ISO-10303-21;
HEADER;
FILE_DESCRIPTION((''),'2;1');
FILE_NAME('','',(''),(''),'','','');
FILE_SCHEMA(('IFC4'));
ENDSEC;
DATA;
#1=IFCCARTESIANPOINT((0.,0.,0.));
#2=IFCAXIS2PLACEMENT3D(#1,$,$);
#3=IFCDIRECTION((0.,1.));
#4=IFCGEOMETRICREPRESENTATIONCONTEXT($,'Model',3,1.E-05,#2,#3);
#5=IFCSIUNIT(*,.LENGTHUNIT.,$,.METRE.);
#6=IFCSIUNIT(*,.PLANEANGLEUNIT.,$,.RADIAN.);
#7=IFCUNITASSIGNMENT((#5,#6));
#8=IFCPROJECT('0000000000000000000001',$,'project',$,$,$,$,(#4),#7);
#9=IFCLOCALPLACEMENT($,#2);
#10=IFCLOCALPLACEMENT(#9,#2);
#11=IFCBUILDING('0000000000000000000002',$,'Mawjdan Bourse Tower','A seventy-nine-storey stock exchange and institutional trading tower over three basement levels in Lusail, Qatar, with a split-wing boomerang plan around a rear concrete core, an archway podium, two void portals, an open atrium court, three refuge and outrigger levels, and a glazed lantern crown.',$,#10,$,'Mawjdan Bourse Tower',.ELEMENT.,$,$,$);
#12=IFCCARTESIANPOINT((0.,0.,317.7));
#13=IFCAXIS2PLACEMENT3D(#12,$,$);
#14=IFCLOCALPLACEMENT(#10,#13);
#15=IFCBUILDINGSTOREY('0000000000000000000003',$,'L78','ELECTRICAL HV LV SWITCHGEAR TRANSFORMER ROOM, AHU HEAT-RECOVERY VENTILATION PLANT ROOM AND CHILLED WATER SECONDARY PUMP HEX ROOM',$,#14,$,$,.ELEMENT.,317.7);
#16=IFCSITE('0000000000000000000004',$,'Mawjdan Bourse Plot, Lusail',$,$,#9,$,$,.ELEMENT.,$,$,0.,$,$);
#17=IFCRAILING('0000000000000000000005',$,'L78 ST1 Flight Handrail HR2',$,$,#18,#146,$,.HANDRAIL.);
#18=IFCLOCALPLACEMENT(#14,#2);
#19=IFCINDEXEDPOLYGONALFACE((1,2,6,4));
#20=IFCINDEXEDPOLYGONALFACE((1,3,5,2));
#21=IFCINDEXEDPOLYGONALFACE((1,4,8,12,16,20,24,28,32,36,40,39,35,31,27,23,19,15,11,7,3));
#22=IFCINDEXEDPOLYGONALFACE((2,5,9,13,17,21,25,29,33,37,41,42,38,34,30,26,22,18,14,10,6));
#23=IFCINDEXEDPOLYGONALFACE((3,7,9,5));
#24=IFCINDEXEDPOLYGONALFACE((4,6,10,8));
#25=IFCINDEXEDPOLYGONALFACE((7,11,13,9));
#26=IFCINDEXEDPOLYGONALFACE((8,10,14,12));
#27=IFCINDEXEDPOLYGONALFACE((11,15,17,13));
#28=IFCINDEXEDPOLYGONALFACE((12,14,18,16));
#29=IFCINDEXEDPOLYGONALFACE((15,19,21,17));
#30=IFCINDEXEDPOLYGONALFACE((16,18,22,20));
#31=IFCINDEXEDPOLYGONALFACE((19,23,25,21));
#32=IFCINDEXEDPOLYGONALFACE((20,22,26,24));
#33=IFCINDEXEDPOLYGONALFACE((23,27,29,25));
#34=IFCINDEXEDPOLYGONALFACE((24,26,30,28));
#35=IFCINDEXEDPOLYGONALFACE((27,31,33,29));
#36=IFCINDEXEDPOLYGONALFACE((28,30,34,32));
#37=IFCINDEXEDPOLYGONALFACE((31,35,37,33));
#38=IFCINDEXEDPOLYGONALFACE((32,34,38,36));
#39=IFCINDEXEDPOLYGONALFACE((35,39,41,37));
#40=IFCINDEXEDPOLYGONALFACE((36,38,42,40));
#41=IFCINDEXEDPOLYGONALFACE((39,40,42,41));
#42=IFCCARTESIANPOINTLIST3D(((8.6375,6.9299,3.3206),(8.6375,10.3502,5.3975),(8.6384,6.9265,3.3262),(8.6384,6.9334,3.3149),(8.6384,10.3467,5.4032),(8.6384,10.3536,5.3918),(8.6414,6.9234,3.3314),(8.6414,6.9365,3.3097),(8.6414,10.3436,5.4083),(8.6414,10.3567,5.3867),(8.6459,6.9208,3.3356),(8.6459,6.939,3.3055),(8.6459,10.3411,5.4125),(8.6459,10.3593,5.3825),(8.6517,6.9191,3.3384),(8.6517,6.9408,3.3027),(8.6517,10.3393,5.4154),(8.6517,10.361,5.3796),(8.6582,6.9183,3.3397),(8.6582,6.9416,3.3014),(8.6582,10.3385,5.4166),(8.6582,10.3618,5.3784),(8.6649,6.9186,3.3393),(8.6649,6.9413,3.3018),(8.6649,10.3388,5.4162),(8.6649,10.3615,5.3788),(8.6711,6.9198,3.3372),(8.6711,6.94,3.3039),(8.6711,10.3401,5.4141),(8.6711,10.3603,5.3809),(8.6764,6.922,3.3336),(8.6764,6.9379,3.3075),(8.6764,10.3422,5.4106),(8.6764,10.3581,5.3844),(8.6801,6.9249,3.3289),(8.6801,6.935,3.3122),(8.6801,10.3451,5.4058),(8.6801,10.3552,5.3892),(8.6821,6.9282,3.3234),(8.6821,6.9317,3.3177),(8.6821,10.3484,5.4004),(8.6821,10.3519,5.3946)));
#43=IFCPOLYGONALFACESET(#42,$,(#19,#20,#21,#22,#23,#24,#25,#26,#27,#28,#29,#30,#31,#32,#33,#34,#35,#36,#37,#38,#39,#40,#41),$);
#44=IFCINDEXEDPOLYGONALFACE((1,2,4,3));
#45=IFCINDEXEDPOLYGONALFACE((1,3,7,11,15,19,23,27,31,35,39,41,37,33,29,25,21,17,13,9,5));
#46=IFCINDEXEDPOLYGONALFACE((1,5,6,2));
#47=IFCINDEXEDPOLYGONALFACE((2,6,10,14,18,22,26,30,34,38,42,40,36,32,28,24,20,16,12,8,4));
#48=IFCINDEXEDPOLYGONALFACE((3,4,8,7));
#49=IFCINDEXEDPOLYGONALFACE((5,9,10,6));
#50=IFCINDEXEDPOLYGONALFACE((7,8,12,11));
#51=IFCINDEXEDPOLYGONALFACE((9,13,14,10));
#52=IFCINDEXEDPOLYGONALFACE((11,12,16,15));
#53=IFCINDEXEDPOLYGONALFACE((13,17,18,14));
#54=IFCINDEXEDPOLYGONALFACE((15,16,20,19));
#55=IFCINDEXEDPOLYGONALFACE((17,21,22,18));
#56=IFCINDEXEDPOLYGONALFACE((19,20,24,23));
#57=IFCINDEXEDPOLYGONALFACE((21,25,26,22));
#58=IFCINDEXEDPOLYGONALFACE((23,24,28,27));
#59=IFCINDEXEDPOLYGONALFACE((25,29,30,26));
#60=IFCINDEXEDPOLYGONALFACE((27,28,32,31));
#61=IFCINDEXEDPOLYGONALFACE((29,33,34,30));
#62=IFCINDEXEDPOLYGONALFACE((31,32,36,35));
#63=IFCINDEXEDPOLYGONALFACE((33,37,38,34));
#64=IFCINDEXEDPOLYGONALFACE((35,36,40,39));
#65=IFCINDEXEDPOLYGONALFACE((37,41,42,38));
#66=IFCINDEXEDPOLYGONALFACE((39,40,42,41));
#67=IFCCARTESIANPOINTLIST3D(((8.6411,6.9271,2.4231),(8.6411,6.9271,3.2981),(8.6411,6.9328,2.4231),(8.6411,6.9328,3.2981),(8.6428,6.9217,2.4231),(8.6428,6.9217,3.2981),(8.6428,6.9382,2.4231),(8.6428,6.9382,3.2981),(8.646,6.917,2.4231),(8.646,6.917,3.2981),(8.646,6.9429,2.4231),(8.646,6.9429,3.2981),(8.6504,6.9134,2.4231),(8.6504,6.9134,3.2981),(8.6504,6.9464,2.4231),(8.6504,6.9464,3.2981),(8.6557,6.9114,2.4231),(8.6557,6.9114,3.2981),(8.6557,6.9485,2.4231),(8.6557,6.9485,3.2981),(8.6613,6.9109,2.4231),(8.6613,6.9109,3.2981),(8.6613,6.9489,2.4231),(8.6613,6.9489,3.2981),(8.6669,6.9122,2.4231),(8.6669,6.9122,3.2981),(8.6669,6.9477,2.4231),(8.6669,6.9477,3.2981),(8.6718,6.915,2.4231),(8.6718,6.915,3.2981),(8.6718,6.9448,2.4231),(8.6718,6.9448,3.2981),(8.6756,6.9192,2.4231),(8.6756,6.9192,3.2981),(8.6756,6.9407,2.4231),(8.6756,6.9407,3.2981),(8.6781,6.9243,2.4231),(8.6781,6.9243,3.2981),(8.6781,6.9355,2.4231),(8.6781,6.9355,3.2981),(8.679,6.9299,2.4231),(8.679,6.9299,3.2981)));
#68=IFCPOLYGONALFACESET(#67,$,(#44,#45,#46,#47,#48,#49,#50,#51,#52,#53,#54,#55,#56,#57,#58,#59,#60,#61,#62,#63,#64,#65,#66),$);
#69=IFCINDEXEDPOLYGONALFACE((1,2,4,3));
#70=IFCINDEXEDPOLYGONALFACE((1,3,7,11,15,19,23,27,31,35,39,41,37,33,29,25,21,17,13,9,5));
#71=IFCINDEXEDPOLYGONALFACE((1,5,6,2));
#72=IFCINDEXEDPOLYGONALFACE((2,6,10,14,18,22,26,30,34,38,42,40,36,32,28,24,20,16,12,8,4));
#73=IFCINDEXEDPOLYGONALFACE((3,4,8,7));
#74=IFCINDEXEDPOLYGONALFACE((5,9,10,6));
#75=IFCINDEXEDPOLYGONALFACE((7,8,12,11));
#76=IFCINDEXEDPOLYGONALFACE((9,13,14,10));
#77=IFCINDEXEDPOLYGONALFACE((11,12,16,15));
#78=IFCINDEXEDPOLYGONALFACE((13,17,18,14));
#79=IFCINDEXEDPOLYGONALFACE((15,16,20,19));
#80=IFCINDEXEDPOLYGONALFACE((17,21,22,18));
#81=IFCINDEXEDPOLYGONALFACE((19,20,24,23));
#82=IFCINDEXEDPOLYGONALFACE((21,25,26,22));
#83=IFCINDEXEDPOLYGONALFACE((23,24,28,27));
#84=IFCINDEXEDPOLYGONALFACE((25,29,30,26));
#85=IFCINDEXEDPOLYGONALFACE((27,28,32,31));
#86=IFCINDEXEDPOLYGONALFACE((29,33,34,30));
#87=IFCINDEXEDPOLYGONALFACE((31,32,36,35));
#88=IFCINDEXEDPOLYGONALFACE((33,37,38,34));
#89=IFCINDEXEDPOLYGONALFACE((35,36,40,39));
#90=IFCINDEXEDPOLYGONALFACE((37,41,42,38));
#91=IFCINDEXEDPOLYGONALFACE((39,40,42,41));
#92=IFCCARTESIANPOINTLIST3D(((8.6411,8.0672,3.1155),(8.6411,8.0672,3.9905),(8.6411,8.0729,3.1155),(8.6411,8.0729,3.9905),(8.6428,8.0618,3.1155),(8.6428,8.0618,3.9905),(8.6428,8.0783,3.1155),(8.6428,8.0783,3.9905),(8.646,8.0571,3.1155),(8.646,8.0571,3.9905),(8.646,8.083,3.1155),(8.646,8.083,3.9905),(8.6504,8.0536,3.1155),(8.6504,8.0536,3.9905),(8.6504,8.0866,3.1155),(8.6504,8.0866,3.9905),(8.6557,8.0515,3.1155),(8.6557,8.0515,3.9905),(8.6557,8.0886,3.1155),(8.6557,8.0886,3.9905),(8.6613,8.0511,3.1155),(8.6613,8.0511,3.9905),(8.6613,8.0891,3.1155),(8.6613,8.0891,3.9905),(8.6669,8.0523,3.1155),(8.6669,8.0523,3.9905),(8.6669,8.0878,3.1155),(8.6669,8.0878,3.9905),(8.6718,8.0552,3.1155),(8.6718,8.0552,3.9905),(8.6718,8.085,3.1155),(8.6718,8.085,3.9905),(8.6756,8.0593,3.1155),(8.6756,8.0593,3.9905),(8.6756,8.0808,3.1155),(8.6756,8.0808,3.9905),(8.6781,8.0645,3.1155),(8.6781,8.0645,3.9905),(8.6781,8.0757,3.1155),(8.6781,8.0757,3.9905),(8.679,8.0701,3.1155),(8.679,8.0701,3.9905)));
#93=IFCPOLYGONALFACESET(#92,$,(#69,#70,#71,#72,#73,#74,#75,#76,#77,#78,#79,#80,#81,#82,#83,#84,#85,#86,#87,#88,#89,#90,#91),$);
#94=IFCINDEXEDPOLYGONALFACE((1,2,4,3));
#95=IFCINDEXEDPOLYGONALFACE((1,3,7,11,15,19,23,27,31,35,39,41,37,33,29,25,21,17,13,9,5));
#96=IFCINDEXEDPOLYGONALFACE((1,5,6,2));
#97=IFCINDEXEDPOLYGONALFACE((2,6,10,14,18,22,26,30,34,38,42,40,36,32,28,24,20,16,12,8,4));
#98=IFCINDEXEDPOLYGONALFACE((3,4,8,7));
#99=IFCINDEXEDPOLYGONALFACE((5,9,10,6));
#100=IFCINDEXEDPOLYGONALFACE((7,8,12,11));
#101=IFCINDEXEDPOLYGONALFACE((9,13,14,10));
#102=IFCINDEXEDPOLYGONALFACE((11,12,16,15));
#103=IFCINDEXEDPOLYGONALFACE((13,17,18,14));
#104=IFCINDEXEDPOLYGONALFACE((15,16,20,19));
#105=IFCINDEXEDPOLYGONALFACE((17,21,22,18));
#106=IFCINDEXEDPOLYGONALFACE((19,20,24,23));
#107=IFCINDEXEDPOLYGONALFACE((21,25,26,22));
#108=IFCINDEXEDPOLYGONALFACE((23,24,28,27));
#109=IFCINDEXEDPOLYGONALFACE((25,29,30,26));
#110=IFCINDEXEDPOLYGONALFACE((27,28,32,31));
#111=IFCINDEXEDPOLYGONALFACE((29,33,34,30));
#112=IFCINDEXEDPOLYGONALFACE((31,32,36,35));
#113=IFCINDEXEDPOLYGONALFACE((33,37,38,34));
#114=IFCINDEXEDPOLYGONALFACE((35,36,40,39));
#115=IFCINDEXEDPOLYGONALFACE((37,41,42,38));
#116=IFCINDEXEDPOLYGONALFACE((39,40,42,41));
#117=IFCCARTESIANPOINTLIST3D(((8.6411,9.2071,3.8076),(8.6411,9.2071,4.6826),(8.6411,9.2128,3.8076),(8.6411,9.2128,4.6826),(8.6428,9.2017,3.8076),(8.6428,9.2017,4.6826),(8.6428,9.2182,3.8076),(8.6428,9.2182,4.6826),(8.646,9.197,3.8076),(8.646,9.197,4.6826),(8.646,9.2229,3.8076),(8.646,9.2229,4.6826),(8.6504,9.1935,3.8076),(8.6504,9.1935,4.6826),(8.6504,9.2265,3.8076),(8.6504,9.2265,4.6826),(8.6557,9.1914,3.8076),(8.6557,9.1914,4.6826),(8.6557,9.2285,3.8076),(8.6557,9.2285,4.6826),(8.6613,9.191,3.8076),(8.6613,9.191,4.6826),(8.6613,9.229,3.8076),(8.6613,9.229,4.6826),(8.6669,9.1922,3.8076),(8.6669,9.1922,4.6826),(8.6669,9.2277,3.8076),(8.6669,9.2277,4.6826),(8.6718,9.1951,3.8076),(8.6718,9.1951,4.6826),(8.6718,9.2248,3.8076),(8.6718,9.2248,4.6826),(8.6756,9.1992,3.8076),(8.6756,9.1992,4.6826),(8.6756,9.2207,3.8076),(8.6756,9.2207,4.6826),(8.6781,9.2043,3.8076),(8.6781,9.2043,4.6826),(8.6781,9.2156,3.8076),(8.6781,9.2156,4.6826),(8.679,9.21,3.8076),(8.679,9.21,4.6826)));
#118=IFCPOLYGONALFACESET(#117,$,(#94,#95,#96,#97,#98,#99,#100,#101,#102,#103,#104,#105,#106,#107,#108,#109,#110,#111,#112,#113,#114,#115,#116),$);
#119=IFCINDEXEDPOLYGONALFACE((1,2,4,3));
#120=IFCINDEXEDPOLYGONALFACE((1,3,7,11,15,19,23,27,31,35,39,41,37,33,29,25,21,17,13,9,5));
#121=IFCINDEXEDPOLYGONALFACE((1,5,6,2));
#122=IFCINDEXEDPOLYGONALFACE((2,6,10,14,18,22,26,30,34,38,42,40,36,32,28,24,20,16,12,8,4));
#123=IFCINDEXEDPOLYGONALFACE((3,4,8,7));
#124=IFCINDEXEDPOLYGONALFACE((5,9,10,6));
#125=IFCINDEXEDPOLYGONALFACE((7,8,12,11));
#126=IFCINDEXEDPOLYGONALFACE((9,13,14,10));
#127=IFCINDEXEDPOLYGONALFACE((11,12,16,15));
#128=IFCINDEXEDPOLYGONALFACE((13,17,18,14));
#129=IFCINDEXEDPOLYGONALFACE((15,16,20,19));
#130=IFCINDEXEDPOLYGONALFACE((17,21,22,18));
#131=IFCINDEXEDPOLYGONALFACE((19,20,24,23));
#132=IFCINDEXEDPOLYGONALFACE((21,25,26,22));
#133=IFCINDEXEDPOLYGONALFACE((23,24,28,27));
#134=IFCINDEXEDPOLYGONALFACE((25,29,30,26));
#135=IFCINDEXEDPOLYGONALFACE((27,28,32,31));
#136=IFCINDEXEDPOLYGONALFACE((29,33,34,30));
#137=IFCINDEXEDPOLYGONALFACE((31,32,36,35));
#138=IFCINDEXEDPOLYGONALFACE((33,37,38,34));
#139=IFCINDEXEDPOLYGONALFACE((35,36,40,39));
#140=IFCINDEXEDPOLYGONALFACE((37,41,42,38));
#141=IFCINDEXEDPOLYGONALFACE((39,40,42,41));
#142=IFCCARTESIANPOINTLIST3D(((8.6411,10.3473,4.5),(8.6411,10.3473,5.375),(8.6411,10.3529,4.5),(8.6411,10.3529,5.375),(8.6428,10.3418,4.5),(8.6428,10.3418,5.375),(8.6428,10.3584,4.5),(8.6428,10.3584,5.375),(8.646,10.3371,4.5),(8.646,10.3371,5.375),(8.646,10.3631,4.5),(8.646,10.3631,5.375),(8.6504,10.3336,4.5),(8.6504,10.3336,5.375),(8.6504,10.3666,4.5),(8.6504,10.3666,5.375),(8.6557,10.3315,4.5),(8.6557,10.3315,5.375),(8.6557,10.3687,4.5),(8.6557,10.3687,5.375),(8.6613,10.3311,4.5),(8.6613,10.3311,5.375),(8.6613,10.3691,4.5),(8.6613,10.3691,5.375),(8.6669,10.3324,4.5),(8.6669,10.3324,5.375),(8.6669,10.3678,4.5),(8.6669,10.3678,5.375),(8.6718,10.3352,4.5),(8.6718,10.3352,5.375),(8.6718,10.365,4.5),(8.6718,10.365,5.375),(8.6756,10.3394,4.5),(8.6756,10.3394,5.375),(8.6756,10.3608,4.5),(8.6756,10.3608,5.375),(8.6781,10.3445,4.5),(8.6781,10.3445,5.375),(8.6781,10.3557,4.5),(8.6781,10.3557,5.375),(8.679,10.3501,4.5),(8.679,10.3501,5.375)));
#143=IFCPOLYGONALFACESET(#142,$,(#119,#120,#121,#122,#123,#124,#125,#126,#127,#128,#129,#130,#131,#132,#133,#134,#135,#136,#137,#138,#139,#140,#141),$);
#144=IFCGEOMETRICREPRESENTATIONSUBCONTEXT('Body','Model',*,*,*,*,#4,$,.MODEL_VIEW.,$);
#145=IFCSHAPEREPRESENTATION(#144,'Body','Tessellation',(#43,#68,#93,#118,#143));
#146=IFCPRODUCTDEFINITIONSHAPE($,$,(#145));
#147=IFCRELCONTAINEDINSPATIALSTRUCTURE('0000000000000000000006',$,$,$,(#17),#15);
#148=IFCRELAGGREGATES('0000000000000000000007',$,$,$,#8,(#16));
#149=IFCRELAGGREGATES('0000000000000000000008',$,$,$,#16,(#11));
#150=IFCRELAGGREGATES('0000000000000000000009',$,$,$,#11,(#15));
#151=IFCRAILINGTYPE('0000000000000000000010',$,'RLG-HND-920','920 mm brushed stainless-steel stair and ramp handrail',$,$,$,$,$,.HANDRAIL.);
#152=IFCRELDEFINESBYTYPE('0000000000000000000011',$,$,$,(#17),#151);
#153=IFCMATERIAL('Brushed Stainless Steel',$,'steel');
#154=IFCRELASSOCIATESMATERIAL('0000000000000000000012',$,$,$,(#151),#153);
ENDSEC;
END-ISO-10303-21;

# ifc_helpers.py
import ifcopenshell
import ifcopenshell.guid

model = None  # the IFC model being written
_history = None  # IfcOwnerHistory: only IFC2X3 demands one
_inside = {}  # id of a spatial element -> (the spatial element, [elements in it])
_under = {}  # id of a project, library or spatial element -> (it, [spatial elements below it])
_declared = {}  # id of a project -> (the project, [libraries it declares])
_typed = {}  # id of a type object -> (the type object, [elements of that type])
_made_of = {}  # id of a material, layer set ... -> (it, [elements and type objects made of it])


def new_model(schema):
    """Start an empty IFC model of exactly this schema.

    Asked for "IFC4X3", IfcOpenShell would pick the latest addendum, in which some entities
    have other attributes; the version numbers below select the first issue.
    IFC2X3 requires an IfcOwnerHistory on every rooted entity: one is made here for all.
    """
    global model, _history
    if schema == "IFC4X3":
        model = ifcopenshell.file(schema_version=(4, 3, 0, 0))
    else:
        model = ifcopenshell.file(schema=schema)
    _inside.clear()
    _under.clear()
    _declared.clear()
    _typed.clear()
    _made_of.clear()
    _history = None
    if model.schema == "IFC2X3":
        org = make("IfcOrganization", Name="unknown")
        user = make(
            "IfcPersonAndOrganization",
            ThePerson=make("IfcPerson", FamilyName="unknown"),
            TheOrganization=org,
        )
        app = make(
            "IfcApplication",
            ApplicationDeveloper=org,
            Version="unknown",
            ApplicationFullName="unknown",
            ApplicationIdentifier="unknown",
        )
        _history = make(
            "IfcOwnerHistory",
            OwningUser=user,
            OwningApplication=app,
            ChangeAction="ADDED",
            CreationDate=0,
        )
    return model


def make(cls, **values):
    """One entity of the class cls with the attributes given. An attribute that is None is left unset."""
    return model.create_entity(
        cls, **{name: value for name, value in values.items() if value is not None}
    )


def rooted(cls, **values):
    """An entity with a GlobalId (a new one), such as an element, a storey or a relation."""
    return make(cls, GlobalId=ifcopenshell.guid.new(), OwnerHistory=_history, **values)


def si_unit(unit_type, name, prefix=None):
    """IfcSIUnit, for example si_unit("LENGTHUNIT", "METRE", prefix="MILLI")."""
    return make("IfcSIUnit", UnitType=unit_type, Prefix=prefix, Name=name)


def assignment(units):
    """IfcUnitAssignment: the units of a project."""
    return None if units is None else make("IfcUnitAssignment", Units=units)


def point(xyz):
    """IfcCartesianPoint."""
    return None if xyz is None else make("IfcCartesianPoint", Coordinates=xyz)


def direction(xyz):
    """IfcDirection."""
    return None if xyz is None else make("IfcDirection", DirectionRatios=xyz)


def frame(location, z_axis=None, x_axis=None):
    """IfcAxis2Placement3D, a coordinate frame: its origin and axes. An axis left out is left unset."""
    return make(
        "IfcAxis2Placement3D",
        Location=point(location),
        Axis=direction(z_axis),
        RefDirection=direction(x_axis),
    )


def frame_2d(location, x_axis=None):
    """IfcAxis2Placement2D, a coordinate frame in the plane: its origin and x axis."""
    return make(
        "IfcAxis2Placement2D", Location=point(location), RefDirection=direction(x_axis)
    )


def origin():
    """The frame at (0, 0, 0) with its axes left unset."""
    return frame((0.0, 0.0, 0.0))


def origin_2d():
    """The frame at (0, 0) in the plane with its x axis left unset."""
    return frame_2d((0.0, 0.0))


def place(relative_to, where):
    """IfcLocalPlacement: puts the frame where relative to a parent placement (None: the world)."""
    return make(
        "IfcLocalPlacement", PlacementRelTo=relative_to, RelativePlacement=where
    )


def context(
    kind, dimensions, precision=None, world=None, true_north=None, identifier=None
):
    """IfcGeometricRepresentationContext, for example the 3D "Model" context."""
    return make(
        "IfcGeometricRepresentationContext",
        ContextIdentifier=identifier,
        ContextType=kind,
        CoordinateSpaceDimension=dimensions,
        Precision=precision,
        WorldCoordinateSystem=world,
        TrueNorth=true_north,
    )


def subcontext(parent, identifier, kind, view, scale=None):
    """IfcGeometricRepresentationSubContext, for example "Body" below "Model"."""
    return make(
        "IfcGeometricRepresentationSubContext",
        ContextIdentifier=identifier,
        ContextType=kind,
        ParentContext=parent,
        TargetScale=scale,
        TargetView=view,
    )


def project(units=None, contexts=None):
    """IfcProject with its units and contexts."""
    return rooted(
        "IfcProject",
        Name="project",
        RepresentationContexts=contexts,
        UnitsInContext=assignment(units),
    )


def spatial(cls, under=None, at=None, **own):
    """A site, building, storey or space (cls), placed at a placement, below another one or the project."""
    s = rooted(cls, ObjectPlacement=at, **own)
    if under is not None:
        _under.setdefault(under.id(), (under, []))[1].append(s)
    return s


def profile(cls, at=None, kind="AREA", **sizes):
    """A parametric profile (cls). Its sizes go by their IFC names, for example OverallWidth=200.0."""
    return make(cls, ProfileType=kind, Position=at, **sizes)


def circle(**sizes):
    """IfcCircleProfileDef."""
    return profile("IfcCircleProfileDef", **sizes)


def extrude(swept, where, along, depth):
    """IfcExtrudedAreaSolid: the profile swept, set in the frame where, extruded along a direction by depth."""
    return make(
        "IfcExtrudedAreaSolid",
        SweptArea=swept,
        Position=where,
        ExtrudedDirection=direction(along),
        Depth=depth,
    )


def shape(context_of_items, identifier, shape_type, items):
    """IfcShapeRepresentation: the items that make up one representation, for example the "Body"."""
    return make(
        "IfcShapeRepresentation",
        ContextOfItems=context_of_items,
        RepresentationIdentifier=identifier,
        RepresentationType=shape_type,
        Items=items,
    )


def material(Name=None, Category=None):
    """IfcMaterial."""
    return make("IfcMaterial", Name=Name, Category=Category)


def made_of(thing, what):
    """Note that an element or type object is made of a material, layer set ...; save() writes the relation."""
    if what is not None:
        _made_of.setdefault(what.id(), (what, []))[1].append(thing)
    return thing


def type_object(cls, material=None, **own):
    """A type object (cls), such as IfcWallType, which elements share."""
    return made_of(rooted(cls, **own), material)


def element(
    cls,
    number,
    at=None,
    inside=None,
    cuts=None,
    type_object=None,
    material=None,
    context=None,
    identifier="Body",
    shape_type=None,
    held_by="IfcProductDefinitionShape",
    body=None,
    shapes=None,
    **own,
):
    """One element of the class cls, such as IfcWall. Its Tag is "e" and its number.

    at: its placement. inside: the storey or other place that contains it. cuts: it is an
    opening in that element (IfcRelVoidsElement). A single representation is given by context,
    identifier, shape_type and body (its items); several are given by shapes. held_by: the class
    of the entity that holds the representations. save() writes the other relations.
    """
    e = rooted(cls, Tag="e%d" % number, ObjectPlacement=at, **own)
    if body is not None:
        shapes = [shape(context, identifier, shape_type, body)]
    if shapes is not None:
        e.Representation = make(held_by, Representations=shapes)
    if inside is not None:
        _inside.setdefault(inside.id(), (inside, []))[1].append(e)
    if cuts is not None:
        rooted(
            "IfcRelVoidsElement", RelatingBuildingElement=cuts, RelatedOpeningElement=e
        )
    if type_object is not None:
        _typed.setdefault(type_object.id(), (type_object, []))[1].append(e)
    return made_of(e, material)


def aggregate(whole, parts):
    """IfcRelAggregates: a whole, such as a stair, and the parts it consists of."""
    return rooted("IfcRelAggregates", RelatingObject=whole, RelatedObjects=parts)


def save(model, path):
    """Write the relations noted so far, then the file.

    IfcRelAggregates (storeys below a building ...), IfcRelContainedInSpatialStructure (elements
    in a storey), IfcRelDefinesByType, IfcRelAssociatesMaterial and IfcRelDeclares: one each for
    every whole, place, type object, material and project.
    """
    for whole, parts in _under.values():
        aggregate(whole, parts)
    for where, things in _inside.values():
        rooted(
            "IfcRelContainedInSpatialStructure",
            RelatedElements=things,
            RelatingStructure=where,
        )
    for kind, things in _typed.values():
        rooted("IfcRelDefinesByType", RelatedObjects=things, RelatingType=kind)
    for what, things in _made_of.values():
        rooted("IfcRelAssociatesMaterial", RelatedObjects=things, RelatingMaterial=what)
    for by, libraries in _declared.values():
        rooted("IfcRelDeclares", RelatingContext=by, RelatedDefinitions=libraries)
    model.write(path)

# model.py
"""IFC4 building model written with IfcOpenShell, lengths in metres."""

from ifc_helpers import new_model, si_unit, direction, frame, origin, origin_2d, place, context, subcontext, project, spatial, circle, extrude, material, type_object, element, save


model = new_model("IFC4")

# Units and contexts
model_context = context("Model", 3, precision=1e-05, world=origin(), true_north=direction((0.0, 1.0)))
body_context = subcontext(model_context, "Body", "Model", "MODEL_VIEW")
ifc_project = project(units=[si_unit("LENGTHUNIT", "METRE"), si_unit("PLANEANGLEUNIT", "RADIAN")], contexts=[model_context])

# Site, building, storey
site_placement = place(None, origin())
site = spatial("IfcSite", under=ifc_project, at=site_placement, Name="Mawjdan Bourse Plot, Lusail", CompositionType="ELEMENT", RefElevation=0.0)
building_placement = place(site_placement, origin())
building = spatial("IfcBuilding", under=site, at=building_placement, Name="Mawjdan Bourse Tower", Description="A seventy-nine-storey stock exchange and institutional trading tower over three basement levels in Lusail, Qatar, with a split-wing boomerang plan around a rear concrete core, an archway podium, two void portals, an open atrium court, three refuge and outrigger levels, and a glazed lantern crown.", LongName="Mawjdan Bourse Tower", CompositionType="ELEMENT")
storey_placement = place(building_placement, frame((0.0, 0.0, 317.7)))
storey = spatial("IfcBuildingStorey", under=building, at=storey_placement, Name="L78", Description="ELECTRICAL HV LV SWITCHGEAR TRANSFORMER ROOM, AHU HEAT-RECOVERY VENTILATION PLANT ROOM AND CHILLED WATER SECONDARY PUMP HEX ROOM", CompositionType="ELEMENT", Elevation=317.7)

# Shared definitions
ifc_material_1 = material(Name="Brushed Stainless Steel", Category="steel")

# Railing
railing_type_1 = type_object("IfcRailingType", Name="RLG-HND-920", Description="920 mm brushed stainless-steel stair and ramp handrail", PredefinedType="HANDRAIL", material=ifc_material_1)
railing_1_placement = place(storey_placement, frame((8.6599, 6.9299, 2.4231)))
element("IfcRailing", 1, at=railing_1_placement, inside=storey, type_object=railing_type_1, Name="L78 ST1 Flight Handrail HR2", PredefinedType="HANDRAIL", context=body_context, shape_type="SweptSolid", body=[
    extrude(circle(Radius=0.0225, at=origin_2d()), frame((0.0, 0.0, 0.8975), z_axis=(0.0, 0.854746, 0.519047), x_axis=(-1.0, 0.0, 0.0)), (0.0, 0.0, 1.0), 4.0015),
    extrude(circle(Radius=0.019, at=origin_2d()), origin(), (0.0, 0.0, 1.0), 0.875),
    extrude(circle(Radius=0.019, at=origin_2d()), frame((0.0, 1.1401, 0.6924)), (0.0, 0.0, 1.0), 0.875),
    extrude(circle(Radius=0.019, at=origin_2d()), frame((0.0, 2.28, 1.3845)), (0.0, 0.0, 1.0), 0.875),
    extrude(circle(Radius=0.019, at=origin_2d()), frame((0.0, 3.4202, 2.0769)), (0.0, 0.0, 1.0), 0.875),
])

save(model, "model.ifc")
